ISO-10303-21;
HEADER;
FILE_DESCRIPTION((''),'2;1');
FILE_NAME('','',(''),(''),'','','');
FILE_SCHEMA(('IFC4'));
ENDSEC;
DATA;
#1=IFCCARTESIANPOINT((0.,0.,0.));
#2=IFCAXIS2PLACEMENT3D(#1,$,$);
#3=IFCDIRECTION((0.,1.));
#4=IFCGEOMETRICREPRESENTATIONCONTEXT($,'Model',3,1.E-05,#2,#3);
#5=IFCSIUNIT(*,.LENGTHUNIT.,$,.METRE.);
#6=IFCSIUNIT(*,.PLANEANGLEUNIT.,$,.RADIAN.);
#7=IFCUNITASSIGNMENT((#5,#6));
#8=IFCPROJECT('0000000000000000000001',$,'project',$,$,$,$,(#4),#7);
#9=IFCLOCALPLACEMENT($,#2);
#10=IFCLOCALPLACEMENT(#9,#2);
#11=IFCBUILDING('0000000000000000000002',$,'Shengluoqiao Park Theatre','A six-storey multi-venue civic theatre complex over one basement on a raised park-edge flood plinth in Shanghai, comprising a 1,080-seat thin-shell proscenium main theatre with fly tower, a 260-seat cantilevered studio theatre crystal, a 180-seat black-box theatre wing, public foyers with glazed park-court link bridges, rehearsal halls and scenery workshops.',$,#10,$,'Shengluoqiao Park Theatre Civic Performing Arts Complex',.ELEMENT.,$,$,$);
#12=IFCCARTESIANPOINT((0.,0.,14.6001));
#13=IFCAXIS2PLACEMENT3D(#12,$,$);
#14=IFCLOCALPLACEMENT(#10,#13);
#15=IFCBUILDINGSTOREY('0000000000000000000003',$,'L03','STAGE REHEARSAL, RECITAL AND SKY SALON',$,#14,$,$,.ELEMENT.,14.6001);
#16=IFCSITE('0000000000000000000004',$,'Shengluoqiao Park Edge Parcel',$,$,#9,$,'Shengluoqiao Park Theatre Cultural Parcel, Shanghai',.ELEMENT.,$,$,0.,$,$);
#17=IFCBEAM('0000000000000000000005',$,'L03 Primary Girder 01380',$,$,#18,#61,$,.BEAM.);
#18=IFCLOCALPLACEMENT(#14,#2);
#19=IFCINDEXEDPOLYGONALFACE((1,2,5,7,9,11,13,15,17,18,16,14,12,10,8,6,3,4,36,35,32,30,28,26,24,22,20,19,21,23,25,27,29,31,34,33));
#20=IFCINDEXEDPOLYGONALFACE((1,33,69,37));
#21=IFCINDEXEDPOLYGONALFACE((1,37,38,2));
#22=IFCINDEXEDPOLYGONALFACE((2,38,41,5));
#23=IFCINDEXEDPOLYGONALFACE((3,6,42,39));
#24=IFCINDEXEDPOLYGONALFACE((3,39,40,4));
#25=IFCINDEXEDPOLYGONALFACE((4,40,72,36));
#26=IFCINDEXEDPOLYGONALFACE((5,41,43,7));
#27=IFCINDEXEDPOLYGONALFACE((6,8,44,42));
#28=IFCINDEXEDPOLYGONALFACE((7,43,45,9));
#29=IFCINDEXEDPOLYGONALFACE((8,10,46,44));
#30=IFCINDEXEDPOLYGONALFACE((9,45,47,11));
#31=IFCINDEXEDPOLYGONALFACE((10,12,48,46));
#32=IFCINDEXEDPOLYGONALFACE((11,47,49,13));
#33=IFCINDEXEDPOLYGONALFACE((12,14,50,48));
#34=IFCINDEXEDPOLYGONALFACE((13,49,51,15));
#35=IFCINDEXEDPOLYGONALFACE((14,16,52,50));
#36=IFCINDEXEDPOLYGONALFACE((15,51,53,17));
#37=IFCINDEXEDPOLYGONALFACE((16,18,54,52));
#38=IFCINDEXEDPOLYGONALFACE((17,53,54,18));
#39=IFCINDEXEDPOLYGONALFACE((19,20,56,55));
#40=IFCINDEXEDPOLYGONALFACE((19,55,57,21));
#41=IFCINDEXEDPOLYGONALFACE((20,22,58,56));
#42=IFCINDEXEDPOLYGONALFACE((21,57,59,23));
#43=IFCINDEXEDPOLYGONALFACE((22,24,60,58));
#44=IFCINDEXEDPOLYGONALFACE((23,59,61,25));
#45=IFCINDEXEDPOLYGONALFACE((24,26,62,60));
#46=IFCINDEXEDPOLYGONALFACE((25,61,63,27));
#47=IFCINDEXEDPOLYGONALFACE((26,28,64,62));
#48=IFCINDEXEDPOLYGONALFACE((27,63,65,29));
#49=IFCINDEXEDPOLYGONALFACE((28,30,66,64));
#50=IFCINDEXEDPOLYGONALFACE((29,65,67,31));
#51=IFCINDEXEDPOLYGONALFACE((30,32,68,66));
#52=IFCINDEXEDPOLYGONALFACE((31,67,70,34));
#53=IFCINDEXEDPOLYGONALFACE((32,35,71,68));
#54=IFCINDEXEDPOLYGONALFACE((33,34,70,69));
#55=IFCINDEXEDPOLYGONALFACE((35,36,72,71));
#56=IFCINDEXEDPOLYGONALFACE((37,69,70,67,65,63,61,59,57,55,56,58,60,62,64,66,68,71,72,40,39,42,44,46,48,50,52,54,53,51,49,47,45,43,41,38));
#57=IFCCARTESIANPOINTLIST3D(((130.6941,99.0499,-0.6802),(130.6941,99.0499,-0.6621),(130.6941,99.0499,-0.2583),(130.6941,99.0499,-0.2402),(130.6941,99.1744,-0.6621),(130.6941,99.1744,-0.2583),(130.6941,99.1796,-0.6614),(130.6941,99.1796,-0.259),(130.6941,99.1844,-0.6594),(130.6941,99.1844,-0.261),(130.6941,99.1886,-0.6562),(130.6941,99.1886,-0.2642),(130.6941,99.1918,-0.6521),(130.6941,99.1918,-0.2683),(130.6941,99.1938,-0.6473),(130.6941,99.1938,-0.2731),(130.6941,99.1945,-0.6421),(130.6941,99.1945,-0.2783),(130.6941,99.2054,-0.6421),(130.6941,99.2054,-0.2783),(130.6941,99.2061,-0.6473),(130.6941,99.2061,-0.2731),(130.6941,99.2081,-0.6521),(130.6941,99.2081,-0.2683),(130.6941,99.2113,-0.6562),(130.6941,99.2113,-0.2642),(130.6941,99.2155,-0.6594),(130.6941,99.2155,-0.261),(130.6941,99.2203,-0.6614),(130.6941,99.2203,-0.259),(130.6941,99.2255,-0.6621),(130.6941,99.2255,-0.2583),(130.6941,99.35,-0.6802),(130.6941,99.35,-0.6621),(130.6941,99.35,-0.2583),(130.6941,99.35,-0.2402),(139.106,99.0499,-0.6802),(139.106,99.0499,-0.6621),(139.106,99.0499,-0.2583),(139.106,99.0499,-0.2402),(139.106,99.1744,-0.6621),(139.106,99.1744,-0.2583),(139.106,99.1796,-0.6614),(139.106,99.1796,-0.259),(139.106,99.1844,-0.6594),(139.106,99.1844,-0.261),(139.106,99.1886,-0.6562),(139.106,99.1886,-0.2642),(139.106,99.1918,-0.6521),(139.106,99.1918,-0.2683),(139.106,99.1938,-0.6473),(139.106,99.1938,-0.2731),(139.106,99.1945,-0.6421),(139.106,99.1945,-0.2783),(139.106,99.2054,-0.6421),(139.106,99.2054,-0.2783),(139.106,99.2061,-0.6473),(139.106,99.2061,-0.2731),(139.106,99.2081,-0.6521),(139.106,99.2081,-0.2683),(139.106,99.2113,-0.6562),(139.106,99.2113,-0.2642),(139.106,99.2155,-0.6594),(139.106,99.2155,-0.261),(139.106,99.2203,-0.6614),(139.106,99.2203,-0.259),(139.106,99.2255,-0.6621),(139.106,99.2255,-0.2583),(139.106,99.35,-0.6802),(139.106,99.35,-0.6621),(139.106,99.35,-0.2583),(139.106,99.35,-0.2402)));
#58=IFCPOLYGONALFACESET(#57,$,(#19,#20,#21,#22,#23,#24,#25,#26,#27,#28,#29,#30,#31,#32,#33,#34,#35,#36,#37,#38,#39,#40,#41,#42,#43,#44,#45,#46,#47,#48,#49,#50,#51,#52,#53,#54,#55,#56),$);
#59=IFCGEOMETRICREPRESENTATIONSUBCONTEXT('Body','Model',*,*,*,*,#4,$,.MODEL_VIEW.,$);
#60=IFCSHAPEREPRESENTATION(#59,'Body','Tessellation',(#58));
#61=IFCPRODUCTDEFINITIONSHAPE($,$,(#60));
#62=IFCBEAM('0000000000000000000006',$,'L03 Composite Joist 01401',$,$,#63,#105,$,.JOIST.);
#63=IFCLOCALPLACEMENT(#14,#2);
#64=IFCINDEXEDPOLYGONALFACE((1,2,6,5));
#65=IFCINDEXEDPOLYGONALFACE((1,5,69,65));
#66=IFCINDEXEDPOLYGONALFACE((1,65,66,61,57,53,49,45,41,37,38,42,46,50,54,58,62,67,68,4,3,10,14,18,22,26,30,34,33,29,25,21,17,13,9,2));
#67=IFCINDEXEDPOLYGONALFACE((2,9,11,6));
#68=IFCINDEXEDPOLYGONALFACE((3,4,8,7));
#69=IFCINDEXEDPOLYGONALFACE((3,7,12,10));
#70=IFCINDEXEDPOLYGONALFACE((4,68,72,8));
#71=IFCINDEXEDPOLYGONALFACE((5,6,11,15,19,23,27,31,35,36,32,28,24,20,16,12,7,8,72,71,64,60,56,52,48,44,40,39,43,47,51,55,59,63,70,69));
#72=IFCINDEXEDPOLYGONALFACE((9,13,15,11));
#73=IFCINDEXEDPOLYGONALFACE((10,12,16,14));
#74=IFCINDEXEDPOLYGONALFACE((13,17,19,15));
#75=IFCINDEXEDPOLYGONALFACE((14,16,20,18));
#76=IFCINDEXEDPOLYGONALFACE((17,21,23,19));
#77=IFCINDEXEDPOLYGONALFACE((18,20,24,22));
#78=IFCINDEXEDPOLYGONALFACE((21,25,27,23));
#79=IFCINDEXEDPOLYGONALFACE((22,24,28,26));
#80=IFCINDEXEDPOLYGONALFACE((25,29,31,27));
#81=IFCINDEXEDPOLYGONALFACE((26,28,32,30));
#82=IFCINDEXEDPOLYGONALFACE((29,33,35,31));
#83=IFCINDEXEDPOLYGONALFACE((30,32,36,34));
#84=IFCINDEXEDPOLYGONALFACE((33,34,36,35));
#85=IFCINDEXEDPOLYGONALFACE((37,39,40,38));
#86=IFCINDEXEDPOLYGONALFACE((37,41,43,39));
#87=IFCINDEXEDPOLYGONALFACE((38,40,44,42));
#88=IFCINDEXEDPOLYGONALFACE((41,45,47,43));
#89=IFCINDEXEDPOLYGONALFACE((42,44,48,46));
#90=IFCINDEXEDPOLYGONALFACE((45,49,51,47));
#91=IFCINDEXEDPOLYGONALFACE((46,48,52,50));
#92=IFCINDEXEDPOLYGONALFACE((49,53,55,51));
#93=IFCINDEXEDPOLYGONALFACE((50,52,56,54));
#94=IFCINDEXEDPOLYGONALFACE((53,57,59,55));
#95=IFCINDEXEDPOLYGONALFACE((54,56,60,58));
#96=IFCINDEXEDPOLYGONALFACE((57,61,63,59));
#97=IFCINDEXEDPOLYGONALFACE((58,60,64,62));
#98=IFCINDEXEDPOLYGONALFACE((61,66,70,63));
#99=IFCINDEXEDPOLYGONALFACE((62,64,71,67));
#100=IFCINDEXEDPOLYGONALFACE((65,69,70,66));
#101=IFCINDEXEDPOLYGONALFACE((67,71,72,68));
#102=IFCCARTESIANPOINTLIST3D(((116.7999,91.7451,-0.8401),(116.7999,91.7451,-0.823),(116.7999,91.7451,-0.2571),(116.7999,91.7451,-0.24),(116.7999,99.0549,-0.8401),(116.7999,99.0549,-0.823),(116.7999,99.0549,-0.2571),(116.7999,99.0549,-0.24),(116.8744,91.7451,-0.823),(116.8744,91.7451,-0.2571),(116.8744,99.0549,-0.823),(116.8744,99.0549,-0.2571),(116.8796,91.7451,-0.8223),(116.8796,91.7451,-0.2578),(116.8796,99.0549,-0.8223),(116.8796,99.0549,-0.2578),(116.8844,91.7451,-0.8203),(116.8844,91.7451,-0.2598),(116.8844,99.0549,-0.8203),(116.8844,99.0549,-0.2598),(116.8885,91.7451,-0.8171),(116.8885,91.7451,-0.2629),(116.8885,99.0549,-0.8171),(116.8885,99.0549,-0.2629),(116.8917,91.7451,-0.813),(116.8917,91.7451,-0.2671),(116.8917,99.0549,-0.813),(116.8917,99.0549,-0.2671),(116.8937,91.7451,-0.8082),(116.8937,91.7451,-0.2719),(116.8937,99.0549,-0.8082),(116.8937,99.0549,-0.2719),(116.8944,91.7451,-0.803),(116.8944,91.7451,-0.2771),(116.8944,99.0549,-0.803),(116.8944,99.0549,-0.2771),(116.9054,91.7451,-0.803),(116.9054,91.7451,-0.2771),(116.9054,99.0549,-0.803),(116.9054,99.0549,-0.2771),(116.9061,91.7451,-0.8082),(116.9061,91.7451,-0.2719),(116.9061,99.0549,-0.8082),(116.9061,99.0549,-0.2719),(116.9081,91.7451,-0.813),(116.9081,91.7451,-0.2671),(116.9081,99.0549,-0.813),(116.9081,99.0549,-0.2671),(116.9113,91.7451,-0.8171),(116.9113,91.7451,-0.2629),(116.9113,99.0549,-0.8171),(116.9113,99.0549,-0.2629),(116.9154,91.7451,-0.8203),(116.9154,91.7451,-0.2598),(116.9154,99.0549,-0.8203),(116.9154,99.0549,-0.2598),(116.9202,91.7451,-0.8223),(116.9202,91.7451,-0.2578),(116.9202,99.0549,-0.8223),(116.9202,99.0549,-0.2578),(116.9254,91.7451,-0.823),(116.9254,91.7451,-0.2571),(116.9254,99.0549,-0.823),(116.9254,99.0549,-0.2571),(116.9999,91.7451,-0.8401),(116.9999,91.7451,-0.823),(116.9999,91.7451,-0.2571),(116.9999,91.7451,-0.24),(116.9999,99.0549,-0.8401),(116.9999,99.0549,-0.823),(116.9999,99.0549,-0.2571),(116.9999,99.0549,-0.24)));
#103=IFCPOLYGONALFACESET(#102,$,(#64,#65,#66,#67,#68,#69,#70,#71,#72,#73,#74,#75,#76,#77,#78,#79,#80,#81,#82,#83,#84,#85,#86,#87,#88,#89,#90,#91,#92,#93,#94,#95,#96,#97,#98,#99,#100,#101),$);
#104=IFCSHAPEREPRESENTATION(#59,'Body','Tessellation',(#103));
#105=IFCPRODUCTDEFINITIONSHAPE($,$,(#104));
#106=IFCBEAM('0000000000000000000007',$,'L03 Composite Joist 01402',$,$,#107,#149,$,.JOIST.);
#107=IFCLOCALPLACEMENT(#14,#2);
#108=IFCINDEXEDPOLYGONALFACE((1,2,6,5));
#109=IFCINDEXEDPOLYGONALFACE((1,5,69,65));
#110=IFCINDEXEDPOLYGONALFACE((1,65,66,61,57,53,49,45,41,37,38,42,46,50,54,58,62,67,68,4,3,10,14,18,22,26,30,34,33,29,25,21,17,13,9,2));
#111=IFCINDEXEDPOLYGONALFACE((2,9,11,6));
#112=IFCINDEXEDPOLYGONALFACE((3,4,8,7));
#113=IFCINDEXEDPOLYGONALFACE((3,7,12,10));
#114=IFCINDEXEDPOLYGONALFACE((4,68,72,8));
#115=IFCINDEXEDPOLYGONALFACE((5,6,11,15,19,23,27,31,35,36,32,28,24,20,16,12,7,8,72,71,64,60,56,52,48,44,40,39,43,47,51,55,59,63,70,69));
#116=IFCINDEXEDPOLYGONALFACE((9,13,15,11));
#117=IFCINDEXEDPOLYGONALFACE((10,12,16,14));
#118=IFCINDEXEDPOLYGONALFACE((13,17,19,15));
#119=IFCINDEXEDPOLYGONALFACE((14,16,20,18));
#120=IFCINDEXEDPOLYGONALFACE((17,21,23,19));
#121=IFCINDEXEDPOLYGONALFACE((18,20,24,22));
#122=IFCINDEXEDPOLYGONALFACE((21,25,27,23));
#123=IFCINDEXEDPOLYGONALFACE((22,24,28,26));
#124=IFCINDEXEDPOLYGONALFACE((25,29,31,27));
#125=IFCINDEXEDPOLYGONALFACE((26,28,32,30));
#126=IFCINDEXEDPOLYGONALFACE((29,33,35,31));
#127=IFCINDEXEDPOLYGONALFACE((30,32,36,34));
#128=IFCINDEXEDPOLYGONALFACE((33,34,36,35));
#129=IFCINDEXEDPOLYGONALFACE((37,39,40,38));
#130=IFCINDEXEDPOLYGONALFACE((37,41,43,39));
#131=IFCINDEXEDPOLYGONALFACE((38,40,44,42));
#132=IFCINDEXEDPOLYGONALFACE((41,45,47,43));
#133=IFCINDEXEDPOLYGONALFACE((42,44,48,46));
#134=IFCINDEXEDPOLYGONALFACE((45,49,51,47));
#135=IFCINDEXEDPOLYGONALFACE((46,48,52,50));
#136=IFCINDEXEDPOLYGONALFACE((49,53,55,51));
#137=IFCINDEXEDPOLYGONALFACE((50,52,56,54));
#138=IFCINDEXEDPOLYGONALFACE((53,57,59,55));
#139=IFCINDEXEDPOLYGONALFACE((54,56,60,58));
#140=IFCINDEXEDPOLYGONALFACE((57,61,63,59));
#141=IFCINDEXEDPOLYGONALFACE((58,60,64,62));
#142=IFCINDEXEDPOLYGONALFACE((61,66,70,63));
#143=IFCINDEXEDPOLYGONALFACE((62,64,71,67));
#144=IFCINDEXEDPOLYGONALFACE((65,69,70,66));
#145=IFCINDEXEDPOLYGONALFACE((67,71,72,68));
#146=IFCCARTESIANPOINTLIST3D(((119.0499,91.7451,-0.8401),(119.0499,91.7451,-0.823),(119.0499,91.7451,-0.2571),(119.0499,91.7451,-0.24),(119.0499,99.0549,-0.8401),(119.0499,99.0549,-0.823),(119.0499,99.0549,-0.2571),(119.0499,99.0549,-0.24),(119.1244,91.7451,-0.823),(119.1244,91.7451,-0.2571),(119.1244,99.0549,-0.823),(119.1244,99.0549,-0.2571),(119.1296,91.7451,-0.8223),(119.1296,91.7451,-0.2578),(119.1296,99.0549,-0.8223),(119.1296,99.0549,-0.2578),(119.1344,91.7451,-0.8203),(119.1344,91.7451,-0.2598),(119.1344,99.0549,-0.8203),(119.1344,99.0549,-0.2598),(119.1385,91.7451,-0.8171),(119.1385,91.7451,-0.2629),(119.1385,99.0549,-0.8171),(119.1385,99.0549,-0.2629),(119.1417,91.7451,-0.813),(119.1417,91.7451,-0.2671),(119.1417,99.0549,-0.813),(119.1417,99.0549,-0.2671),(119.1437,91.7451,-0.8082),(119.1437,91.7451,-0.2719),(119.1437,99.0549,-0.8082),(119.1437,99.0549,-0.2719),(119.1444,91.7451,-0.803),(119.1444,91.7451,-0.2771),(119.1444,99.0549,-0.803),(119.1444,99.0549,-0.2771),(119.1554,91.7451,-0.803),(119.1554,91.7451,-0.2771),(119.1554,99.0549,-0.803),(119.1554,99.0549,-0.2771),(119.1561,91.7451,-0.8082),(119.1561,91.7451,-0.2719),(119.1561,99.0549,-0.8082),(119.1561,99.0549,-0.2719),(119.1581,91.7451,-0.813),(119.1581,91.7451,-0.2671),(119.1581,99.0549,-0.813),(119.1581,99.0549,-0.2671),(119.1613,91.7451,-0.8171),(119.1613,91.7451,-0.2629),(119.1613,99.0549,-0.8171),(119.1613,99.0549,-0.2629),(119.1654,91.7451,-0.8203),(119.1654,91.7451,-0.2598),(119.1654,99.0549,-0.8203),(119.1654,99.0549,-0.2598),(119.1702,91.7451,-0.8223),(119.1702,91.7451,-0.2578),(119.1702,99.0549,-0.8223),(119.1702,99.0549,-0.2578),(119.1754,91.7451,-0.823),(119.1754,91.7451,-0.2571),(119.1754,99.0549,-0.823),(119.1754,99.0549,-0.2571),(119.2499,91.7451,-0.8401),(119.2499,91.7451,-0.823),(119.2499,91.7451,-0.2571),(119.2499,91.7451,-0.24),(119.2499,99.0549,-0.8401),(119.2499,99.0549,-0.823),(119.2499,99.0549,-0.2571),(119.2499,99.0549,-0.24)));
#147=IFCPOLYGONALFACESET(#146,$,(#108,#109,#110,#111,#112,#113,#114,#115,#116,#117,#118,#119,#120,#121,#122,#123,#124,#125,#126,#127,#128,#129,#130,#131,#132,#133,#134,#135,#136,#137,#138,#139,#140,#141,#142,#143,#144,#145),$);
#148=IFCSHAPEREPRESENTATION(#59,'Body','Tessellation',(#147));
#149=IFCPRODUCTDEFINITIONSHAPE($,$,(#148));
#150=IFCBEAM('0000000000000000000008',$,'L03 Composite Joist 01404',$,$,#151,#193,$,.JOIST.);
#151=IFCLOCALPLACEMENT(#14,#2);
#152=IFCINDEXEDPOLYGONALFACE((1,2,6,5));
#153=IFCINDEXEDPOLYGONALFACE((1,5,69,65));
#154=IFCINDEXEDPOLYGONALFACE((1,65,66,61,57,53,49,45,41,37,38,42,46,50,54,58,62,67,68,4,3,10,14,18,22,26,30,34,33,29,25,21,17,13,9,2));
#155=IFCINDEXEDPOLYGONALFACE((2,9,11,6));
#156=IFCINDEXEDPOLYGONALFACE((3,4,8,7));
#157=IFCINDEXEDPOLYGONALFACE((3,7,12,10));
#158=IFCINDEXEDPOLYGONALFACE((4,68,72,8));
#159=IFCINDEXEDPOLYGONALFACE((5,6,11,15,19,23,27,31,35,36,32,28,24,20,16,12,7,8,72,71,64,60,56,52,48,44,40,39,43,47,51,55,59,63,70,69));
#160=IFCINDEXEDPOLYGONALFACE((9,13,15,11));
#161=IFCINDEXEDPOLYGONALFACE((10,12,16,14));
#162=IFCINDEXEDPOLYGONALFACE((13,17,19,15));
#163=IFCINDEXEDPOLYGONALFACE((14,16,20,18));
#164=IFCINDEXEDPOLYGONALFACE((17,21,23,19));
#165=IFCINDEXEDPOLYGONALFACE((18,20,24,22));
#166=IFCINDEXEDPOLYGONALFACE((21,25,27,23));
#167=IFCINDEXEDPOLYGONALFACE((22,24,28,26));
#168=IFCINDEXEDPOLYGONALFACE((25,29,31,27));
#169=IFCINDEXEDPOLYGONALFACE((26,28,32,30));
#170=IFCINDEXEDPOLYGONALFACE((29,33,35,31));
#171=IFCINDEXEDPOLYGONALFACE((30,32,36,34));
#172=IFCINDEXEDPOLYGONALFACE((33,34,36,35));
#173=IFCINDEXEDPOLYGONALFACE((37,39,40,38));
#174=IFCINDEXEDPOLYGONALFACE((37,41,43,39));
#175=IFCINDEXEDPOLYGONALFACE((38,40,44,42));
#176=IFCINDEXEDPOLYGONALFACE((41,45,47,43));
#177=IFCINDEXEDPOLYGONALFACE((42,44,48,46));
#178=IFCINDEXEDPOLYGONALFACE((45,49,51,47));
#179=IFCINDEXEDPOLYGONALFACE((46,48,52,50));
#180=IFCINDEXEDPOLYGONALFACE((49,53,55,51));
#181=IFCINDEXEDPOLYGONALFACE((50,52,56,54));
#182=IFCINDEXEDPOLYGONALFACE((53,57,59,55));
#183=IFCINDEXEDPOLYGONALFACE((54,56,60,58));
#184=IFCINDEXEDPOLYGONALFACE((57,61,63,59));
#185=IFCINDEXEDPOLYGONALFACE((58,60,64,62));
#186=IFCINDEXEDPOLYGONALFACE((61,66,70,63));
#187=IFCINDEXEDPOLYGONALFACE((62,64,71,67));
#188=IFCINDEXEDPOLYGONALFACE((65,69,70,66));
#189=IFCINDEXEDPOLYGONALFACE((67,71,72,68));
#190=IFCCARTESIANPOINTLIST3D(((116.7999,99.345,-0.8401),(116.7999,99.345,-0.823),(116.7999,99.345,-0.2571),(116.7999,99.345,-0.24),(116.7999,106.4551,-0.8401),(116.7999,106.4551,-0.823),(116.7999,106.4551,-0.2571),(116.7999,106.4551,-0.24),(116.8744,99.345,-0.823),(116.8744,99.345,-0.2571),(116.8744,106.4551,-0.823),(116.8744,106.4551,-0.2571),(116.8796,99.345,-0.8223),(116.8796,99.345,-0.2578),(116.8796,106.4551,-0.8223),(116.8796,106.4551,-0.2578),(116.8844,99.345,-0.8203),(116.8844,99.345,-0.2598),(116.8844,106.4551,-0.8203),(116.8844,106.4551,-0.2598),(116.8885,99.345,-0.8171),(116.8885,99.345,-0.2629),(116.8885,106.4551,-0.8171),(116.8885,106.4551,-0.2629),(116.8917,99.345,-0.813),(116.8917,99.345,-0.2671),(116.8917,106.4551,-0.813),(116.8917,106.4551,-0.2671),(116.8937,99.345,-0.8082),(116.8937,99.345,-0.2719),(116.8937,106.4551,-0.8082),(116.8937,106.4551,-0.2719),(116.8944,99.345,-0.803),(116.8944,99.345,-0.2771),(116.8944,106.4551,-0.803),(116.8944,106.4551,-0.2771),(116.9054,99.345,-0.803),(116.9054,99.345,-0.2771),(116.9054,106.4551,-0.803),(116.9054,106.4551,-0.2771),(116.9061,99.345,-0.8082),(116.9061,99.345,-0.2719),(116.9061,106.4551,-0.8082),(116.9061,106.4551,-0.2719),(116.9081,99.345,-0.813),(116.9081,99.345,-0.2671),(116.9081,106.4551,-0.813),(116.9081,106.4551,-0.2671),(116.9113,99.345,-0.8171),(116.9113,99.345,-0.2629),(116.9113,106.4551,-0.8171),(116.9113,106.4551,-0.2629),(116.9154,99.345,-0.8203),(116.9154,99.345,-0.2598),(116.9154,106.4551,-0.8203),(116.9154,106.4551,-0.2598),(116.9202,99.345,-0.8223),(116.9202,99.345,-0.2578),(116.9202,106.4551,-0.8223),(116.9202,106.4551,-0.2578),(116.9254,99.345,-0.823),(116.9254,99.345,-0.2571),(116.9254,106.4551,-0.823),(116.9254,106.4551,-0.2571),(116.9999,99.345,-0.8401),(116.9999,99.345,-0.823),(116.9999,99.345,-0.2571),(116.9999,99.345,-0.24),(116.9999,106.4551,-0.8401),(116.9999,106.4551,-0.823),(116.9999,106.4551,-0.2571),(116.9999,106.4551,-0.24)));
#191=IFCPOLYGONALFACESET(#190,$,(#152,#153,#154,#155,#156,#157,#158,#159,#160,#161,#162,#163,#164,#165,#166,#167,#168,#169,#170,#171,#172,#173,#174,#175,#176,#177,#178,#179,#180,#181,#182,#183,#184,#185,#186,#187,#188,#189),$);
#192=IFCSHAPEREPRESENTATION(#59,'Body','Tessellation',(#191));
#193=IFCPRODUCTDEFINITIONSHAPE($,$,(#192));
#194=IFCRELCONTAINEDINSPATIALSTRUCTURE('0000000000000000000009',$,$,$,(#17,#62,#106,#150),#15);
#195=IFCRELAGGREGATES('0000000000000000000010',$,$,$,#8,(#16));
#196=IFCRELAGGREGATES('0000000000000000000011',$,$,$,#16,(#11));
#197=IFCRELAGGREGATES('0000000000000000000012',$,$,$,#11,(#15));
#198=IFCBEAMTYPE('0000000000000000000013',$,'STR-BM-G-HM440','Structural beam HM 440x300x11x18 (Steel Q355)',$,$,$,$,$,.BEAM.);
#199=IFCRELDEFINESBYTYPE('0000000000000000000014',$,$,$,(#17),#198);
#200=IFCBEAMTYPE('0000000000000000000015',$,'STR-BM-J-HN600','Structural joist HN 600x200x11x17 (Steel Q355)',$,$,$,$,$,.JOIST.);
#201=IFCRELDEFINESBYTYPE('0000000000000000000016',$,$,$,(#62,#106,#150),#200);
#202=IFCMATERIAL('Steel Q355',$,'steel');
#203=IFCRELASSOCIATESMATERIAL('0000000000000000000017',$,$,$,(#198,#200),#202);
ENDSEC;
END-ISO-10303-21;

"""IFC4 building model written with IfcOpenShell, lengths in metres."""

from ifc_helpers import new_model, si_unit, direction, frame, origin, origin_2d, place, context, subcontext, project, spatial, i_section, extrude, material, material_profile, profile_set, type_object, element, save


model = new_model("IFC4")

# Units and contexts
model_context = context("Model", 3, precision=1e-05, world=origin(), true_north=direction((0.0, 1.0)))
body_context = subcontext(model_context, "Body", "Model", "MODEL_VIEW")
ifc_project = project(units=[si_unit("LENGTHUNIT", "METRE"), si_unit("PLANEANGLEUNIT", "RADIAN")], contexts=[model_context])

# Site, building, storey
site_placement = place(None, origin())
site = spatial("IfcSite", under=ifc_project, at=site_placement, Name="Shengluoqiao Park Edge Parcel", LongName="Shengluoqiao Park Theatre Cultural Parcel, Shanghai", CompositionType="ELEMENT", RefElevation=0.0)
building_placement = place(site_placement, origin())
building = spatial("IfcBuilding", under=site, at=building_placement, Name="Shengluoqiao Park Theatre", Description="A six-storey multi-venue civic theatre complex over one basement on a raised park-edge flood plinth in Shanghai, comprising a 1,080-seat thin-shell proscenium main theatre with fly tower, a 260-seat cantilevered studio theatre crystal, a 180-seat black-box theatre wing, public foyers with glazed park-court link bridges, rehearsal halls and scenery workshops.", LongName="Shengluoqiao Park Theatre Civic Performing Arts Complex", CompositionType="ELEMENT")
storey_placement = place(building_placement, frame((0.0, 0.0, 14.6001)))
storey = spatial("IfcBuildingStorey", under=building, at=storey_placement, Name="L03", Description="STAGE REHEARSAL, RECITAL AND SKY SALON", CompositionType="ELEMENT", Elevation=14.6001)

# Beams
ifc_material_1 = material(Name="Steel Q355", Category="steel")
ifc_material_profile_1 = material_profile(ifc_material_1, i_section(OverallWidth=0.3, OverallDepth=0.4399, WebThickness=0.011, FlangeThickness=0.0181, FilletRadius=0.02, at=origin_2d()), Name="HM 440x300x11x18")
ifc_profile_set_1 = profile_set([ifc_material_profile_1], Name="Steel Q355")
beam_type_1 = type_object("IfcBeamType", Name="STR-BM-G-HM440", Description="Structural beam HM 440x300x11x18 (Steel Q355)", PredefinedType="BEAM", material=ifc_profile_set_1)
for number, where, z_axis, x_axis, name in (
    (1, (130.6941, 99.2, -0.4602), (1.0, 0.0, 0.0), (0.0, 1.0, 0.0), "L03 Primary Girder 01380"),
):
    element("IfcBeam", number, at=place(storey_placement, frame(where, z_axis=z_axis, x_axis=x_axis)), inside=storey, type_object=beam_type_1, Name=name, PredefinedType="BEAM", context=body_context, shape_type="SweptSolid", body=[
        extrude(i_section(OverallWidth=0.3, OverallDepth=0.4399, WebThickness=0.011, FlangeThickness=0.0181, FilletRadius=0.02, at=origin_2d()), origin(), (0.0, 0.0, 1.0), 8.4119),
    ])
ifc_material_profile_2 = material_profile(ifc_material_1, i_section(OverallWidth=0.2, OverallDepth=0.6001, WebThickness=0.011, FlangeThickness=0.0171, FilletRadius=0.02, at=origin_2d()), Name="HN 600x200x11x17")
ifc_profile_set_2 = profile_set([ifc_material_profile_2], Name="Steel Q355")
beam_type_2 = type_object("IfcBeamType", Name="STR-BM-J-HN600", Description="Structural joist HN 600x200x11x17 (Steel Q355)", PredefinedType="JOIST", material=ifc_profile_set_2)
for number, where, z_axis, x_axis, name in (
    (2, (116.8999, 91.7451, -0.54), (0.0, 1.0, 0.0), (-1.0, 0.0, 0.0), "L03 Composite Joist 01401"),
    (3, (119.1499, 91.7451, -0.54), (0.0, 1.0, 0.0), (-1.0, 0.0, 0.0), "L03 Composite Joist 01402"),
):
    element("IfcBeam", number, at=place(storey_placement, frame(where, z_axis=z_axis, x_axis=x_axis)), inside=storey, type_object=beam_type_2, Name=name, PredefinedType="JOIST", context=body_context, shape_type="SweptSolid", body=[
        extrude(i_section(OverallWidth=0.2, OverallDepth=0.6001, WebThickness=0.011, FlangeThickness=0.0171, FilletRadius=0.02, at=origin_2d()), origin(), (0.0, 0.0, 1.0), 7.3098),
    ])
for number, where, z_axis, x_axis, name in (
    (4, (116.8999, 99.345, -0.54), (0.0, 1.0, 0.0), (-1.0, 0.0, 0.0), "L03 Composite Joist 01404"),
):
    element("IfcBeam", number, at=place(storey_placement, frame(where, z_axis=z_axis, x_axis=x_axis)), inside=storey, type_object=beam_type_2, Name=name, PredefinedType="JOIST", context=body_context, shape_type="SweptSolid", body=[
        extrude(i_section(OverallWidth=0.2, OverallDepth=0.6001, WebThickness=0.011, FlangeThickness=0.0171, FilletRadius=0.02, at=origin_2d()), origin(), (0.0, 0.0, 1.0), 7.1101),
    ])

save(model, "model.ifc")
